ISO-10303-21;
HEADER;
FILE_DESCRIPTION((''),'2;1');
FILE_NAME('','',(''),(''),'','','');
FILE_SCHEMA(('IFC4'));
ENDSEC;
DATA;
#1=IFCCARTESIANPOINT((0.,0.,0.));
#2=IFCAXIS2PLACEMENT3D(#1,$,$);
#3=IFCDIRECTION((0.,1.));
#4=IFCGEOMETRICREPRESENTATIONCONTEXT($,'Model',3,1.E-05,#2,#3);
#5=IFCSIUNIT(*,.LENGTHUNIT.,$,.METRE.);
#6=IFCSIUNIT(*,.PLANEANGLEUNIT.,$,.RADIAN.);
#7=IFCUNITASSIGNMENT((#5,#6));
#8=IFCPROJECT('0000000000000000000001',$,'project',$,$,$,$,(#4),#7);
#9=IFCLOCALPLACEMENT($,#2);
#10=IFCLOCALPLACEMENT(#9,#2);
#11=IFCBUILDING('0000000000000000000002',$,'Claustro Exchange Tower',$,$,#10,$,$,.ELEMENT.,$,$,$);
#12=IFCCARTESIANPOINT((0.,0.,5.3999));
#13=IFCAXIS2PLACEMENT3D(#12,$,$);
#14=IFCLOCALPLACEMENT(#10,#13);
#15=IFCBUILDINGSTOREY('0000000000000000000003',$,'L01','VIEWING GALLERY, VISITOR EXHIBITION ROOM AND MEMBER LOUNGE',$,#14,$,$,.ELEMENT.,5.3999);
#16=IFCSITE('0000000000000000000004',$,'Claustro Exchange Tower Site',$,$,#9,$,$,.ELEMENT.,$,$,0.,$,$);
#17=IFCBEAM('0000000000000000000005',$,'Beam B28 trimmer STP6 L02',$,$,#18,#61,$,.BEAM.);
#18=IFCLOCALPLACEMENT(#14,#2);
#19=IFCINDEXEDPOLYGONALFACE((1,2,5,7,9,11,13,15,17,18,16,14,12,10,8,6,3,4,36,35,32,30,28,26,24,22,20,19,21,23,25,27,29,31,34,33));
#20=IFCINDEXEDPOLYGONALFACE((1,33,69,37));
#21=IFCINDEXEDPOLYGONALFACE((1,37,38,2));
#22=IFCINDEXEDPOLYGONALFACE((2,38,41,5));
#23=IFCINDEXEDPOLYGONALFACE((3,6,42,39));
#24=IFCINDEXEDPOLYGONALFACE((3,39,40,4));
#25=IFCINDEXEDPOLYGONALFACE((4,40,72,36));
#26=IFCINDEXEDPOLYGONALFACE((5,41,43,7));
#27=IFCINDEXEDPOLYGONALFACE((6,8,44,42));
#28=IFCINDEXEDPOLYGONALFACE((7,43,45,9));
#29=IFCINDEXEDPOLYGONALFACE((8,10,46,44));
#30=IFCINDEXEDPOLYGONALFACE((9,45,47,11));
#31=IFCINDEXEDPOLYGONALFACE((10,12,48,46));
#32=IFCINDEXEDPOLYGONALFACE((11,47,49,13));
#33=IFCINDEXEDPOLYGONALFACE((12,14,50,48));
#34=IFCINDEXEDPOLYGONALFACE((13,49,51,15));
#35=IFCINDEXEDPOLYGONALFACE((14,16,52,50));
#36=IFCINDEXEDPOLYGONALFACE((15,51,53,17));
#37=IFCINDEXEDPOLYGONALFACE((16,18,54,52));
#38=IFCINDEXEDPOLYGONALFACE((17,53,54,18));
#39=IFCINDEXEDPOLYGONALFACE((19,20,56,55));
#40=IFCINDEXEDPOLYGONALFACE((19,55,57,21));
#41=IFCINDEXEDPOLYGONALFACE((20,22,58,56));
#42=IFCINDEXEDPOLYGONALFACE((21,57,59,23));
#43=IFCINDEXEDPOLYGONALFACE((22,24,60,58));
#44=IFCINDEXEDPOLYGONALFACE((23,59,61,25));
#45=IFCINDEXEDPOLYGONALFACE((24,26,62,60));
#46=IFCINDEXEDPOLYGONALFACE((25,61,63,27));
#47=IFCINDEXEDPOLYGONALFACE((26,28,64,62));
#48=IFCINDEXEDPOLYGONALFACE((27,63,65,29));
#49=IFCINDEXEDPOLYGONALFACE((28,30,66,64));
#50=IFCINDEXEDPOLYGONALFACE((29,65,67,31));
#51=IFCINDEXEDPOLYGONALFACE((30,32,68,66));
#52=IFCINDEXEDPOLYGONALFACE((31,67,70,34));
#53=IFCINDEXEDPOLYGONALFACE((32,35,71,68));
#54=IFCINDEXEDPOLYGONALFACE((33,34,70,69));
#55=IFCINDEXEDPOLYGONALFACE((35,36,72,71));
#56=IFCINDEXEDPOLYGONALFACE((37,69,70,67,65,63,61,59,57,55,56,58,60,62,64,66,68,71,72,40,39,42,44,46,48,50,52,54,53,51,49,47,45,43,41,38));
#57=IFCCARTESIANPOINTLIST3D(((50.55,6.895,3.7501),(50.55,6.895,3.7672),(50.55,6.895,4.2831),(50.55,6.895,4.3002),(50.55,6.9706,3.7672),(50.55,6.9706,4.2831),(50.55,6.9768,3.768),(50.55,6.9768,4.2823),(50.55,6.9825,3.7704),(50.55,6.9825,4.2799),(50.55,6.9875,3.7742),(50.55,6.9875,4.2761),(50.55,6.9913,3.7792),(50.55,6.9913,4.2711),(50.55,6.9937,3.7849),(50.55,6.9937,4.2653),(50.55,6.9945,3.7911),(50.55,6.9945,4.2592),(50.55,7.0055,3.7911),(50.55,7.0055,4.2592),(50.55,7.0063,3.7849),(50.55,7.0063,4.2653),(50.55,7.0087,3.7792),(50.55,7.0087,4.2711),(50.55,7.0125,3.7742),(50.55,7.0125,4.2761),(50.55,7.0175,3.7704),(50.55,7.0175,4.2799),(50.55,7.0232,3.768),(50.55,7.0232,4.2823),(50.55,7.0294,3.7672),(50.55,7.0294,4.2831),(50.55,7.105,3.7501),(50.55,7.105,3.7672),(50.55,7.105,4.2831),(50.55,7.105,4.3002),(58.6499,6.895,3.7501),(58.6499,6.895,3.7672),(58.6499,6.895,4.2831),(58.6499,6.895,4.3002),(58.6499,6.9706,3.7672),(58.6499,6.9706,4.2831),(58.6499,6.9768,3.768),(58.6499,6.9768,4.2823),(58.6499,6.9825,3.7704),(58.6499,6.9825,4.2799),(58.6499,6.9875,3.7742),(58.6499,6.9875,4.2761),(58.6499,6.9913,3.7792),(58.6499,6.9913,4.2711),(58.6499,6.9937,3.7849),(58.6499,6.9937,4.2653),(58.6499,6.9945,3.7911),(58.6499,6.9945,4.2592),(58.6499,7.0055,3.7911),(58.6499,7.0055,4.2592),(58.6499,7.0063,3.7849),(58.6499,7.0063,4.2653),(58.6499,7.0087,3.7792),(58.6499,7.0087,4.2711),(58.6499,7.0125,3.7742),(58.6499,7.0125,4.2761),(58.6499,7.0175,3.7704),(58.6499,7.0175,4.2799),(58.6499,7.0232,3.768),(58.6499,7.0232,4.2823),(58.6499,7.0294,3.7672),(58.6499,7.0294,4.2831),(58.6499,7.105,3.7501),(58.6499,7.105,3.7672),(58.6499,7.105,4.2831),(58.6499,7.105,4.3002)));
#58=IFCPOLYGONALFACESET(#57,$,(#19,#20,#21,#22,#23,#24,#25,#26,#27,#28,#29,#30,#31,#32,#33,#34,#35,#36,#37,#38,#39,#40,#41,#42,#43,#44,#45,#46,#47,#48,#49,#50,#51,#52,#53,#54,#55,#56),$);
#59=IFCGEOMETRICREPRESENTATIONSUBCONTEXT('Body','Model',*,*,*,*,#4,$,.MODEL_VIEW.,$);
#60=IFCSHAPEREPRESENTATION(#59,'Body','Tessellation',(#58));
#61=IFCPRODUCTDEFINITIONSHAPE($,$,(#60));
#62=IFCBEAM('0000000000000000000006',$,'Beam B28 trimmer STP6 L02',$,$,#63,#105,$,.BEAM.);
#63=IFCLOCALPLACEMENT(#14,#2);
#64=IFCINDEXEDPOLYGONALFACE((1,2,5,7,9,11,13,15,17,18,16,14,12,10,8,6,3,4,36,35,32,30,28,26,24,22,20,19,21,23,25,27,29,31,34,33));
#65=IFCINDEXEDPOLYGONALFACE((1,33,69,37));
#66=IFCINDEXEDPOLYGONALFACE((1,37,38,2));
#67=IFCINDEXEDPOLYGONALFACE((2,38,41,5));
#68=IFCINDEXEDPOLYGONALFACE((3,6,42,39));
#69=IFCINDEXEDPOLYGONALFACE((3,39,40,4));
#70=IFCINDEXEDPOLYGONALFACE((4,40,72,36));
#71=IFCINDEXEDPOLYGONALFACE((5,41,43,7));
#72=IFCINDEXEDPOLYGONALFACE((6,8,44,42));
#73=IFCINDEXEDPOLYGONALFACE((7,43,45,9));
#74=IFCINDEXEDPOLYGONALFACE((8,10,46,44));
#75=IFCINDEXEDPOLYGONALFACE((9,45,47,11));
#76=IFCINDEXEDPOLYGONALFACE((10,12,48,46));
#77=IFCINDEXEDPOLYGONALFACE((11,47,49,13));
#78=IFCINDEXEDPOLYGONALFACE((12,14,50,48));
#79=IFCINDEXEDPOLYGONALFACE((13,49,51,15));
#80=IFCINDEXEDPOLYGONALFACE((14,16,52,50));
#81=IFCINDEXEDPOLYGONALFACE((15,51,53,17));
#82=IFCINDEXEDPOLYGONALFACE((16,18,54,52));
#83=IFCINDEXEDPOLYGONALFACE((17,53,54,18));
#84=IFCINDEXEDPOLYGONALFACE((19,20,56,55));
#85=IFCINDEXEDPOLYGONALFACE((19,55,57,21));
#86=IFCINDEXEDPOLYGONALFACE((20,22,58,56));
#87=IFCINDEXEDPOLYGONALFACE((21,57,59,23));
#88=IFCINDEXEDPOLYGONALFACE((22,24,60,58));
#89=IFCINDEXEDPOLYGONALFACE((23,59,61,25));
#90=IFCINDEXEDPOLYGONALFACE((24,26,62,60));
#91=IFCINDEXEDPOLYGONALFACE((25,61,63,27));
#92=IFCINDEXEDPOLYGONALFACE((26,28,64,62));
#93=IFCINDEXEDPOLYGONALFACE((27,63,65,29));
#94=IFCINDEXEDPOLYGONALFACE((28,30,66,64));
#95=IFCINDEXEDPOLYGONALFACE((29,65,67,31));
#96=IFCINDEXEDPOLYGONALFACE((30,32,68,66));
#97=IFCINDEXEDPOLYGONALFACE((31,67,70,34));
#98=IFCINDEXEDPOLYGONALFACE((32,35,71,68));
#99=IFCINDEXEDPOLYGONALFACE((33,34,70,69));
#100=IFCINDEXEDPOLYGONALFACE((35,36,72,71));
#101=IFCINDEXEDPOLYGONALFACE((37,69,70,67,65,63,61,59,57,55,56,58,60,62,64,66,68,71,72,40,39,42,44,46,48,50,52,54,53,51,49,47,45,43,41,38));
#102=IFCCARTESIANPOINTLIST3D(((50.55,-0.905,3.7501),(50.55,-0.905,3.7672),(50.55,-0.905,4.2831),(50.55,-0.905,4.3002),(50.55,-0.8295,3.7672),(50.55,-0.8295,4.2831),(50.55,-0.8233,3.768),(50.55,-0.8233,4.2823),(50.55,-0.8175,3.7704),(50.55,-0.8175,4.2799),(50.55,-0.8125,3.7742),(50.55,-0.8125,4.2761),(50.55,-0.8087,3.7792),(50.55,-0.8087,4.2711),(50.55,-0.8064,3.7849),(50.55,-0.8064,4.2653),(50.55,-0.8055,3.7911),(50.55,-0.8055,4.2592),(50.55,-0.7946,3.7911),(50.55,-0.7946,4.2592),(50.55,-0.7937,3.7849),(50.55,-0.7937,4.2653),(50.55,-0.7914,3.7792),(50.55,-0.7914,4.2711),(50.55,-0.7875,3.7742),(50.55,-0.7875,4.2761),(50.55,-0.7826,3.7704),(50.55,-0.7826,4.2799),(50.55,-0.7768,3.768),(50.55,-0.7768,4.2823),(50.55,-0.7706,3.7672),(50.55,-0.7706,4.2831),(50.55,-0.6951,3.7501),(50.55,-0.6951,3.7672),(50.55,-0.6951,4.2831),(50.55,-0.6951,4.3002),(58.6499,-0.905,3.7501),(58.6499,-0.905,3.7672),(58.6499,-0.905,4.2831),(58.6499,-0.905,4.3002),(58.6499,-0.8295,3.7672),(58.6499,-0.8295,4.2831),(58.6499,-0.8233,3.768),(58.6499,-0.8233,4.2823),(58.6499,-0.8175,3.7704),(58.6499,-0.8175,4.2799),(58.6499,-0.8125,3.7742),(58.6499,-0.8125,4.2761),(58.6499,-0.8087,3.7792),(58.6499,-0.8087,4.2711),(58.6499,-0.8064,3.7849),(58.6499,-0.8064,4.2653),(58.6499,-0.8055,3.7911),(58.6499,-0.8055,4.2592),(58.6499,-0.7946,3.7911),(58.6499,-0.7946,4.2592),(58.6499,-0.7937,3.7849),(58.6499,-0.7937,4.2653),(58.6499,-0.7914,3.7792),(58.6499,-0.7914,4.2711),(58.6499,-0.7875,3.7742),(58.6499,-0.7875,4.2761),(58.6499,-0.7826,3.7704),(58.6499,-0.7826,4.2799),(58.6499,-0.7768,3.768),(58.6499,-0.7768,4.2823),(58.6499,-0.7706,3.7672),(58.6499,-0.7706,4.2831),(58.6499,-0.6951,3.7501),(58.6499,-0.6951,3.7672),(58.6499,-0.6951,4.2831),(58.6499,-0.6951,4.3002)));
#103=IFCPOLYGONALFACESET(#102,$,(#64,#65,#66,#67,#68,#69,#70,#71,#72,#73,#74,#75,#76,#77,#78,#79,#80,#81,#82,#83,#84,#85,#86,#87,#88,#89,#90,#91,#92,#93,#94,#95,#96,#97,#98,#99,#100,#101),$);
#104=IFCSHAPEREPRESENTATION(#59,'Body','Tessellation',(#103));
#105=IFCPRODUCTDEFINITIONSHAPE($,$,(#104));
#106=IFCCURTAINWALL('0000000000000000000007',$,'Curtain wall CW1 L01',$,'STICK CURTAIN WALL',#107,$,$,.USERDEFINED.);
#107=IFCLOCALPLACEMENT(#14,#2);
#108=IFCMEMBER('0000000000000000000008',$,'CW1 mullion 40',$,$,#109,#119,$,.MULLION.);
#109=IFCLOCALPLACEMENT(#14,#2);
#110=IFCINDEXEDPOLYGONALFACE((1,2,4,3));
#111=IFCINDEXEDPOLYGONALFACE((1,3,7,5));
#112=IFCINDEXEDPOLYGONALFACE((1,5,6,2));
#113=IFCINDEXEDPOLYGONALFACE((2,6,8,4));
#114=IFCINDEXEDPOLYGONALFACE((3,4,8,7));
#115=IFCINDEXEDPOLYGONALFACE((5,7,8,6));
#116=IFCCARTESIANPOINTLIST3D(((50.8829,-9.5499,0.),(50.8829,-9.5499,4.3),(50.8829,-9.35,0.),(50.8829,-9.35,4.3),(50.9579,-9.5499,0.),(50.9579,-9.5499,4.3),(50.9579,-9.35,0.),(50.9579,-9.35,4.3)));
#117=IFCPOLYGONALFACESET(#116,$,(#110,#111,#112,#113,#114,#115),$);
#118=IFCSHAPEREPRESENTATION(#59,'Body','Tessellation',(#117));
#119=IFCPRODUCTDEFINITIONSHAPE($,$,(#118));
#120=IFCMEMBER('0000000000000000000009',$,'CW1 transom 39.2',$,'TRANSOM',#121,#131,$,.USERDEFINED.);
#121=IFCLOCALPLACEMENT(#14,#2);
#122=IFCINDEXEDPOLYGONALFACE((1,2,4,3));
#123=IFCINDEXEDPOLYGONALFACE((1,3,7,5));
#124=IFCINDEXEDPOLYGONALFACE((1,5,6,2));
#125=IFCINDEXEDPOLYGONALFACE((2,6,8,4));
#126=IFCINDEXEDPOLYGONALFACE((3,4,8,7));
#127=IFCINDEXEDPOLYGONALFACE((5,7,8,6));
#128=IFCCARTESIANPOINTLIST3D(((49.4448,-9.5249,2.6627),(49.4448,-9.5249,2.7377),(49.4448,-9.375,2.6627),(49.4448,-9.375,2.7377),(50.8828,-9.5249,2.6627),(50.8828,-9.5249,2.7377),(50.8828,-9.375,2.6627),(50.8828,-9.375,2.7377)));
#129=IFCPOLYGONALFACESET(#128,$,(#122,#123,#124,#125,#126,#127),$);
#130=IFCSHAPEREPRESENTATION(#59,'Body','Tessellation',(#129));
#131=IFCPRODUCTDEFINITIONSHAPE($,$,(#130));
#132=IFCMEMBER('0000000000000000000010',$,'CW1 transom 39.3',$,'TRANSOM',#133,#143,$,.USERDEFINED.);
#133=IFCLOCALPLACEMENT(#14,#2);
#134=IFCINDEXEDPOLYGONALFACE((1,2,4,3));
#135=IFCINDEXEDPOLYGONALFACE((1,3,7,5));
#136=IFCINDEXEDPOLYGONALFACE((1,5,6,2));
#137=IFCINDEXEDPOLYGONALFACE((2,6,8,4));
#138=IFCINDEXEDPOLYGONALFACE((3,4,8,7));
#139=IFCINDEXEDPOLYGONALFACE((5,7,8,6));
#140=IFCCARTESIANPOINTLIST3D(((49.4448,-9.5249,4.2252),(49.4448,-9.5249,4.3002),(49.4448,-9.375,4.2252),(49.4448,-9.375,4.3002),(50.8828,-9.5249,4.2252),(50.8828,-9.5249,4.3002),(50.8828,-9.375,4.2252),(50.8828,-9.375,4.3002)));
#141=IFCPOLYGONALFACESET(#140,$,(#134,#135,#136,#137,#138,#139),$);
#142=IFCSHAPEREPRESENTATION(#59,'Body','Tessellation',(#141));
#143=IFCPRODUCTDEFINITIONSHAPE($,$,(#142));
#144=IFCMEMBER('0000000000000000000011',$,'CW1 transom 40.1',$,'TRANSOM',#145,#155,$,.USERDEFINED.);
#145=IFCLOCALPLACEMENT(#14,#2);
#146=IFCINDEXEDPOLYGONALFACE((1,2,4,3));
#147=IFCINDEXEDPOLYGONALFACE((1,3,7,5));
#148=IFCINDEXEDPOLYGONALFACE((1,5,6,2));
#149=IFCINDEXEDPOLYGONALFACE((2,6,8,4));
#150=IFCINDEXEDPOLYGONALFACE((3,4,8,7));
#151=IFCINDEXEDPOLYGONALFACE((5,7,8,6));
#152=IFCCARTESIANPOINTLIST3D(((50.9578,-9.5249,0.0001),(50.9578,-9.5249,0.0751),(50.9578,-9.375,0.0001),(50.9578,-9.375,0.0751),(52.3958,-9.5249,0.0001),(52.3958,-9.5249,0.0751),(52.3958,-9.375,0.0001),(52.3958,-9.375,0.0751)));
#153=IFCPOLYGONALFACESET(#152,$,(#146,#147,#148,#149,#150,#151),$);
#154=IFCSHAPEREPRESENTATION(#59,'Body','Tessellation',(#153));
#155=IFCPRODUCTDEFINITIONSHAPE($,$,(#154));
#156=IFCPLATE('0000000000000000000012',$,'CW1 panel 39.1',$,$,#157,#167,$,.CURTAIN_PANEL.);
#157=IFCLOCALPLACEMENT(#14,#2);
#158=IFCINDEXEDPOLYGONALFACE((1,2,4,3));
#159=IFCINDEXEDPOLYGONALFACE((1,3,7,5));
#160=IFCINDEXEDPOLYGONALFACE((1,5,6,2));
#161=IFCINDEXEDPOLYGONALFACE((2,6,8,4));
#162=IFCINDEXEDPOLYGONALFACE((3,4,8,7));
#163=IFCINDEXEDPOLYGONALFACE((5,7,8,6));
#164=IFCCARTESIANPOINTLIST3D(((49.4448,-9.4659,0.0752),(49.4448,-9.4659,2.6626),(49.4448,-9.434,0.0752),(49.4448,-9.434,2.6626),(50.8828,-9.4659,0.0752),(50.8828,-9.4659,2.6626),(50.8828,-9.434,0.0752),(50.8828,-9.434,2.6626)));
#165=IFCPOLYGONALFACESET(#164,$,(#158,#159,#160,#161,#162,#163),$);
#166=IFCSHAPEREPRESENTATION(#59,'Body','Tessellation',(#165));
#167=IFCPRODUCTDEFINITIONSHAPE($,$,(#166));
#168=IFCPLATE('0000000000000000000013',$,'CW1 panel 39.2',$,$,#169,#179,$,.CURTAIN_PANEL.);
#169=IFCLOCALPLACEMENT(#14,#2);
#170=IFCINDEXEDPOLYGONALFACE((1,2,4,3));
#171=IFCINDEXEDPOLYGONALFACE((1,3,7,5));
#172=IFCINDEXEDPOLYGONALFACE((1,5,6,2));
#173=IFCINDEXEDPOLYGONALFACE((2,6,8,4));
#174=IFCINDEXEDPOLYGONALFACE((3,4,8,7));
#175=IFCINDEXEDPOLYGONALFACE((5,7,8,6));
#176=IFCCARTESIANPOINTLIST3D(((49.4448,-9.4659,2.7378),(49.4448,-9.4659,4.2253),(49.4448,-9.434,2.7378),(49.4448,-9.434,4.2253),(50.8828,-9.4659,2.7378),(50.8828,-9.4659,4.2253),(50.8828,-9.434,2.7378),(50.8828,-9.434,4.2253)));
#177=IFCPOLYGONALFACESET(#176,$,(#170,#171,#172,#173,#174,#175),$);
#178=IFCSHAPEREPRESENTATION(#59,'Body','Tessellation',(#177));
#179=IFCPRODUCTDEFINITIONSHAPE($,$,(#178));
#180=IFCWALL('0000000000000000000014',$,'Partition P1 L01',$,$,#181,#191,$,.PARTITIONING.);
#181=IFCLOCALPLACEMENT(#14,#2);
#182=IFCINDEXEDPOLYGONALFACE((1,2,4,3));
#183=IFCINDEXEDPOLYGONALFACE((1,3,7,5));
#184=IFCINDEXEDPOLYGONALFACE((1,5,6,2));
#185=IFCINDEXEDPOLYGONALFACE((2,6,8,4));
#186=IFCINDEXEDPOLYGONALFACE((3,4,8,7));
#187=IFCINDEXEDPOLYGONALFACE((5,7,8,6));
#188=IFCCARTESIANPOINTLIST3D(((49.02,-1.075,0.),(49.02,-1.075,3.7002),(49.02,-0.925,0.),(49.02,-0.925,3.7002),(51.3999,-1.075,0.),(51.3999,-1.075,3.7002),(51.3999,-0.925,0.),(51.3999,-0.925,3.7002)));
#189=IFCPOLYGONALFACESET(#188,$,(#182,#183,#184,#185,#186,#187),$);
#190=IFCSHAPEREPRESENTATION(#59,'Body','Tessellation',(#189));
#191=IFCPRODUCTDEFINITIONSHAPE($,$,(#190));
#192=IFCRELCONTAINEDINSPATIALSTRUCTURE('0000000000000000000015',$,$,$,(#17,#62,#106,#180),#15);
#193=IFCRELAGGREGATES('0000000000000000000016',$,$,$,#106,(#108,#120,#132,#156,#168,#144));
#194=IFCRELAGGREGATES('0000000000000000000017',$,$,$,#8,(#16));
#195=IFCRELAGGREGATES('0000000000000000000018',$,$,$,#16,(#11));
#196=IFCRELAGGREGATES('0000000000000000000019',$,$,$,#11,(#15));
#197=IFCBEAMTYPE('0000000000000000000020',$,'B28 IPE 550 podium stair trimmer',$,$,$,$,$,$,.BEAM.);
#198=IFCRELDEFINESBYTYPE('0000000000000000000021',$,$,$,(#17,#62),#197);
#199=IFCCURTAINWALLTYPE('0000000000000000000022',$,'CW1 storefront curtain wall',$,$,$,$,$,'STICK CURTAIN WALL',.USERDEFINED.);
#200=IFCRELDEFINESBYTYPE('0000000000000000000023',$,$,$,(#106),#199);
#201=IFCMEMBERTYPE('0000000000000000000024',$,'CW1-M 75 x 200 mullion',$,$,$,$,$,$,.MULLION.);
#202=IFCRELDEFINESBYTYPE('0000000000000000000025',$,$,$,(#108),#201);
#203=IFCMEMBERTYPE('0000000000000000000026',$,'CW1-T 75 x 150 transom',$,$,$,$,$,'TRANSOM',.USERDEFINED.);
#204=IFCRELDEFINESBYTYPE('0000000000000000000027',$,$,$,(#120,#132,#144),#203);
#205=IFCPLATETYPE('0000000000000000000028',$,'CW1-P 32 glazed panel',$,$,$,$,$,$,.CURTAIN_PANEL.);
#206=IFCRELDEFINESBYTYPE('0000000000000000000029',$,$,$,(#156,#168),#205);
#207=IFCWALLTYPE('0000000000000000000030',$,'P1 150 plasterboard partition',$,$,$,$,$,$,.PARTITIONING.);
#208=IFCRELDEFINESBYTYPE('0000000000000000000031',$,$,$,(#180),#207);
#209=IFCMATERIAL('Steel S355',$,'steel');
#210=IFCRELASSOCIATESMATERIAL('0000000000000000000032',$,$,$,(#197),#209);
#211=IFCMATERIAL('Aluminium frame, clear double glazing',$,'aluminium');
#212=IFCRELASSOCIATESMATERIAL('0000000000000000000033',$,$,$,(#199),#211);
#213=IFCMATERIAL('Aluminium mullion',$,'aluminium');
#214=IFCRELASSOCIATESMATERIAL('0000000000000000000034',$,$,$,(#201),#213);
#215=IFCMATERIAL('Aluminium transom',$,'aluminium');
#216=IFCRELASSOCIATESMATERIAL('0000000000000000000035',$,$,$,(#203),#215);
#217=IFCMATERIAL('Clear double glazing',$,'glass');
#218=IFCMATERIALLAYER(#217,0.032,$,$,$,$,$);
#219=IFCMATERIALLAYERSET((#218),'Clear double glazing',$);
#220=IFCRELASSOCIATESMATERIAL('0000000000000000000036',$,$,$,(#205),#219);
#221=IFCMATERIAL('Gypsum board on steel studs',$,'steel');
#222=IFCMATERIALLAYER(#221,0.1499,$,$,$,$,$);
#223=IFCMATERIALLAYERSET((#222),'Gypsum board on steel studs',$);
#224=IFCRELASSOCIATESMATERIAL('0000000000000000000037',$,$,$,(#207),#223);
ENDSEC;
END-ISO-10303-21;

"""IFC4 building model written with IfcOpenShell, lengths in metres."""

from ifc_helpers import new_model, si_unit, direction, frame, frame_2d, origin, origin_2d, place, context, subcontext, project, spatial, rectangle, i_section, extrude, material, layer, layer_set, material_profile, profile_set, type_object, element, aggregate, save


model = new_model("IFC4")

# Units and contexts
model_context = context("Model", 3, precision=1e-05, world=origin(), true_north=direction((0.0, 1.0)))
body_context = subcontext(model_context, "Body", "Model", "MODEL_VIEW")
ifc_project = project(units=[si_unit("LENGTHUNIT", "METRE"), si_unit("PLANEANGLEUNIT", "RADIAN")], contexts=[model_context])

# Site, building, storey
site_placement = place(None, origin())
site = spatial("IfcSite", under=ifc_project, at=site_placement, Name="Claustro Exchange Tower Site", CompositionType="ELEMENT", RefElevation=0.0)
building_placement = place(site_placement, origin())
building = spatial("IfcBuilding", under=site, at=building_placement, Name="Claustro Exchange Tower", CompositionType="ELEMENT")
storey_placement = place(building_placement, frame((0.0, 0.0, 5.3999)))
storey = spatial("IfcBuildingStorey", under=building, at=storey_placement, Name="L01", Description="VIEWING GALLERY, VISITOR EXHIBITION ROOM AND MEMBER LOUNGE", CompositionType="ELEMENT", Elevation=5.3999)

# Beams
ifc_material_1 = material(Name="Steel S355", Category="steel")
ifc_material_profile_1 = material_profile(ifc_material_1, i_section(OverallWidth=0.21, OverallDepth=0.55, WebThickness=0.011, FlangeThickness=0.0171, FilletRadius=0.0239, at=origin_2d()), Name="IPE 550")
ifc_profile_set_1 = profile_set([ifc_material_profile_1], Name="Steel S355")
beam_type_1 = type_object("IfcBeamType", Name="B28 IPE 550 podium stair trimmer", PredefinedType="BEAM", material=ifc_profile_set_1)
for number, where, z_axis, x_axis, name in (
    (1, (50.55, 7.0, 4.0251), (1.0, 0.0, 0.0), (0.0, 1.0, 0.0), "Beam B28 trimmer STP6 L02"),
    (2, (50.55, -0.8, 4.0251), (1.0, 0.0, 0.0), (0.0, 1.0, 0.0), "Beam B28 trimmer STP6 L02"),
):
    element("IfcBeam", number, at=place(storey_placement, frame(where, z_axis=z_axis, x_axis=x_axis)), inside=storey, type_object=beam_type_1, Name=name, PredefinedType="BEAM", context=body_context, shape_type="SweptSolid", body=[
        extrude(i_section(OverallWidth=0.21, OverallDepth=0.55, WebThickness=0.011, FlangeThickness=0.0171, FilletRadius=0.0239, at=origin_2d()), origin(), (0.0, 0.0, 1.0), 8.0999),
    ])

# Curtain wall, members, plates
ifc_material_2 = material(Name="Aluminium frame, clear double glazing", Category="aluminium")
curtain_wall_type = type_object("IfcCurtainWallType", Name="CW1 storefront curtain wall", ElementType="STICK CURTAIN WALL", PredefinedType="USERDEFINED", material=ifc_material_2)
curtain_wall_placement = place(storey_placement, origin())
curtain_wall = element("IfcCurtainWall", 3, at=curtain_wall_placement, inside=storey, type_object=curtain_wall_type, Name="Curtain wall CW1 L01", ObjectType="STICK CURTAIN WALL", PredefinedType="USERDEFINED")
ifc_material_3 = material(Name="Aluminium mullion", Category="aluminium")
ifc_material_profile_2 = material_profile(ifc_material_3, rectangle(XDim=0.2, YDim=0.075, at=origin_2d()), Name="CW1-M 75x200")
ifc_profile_set_2 = profile_set([ifc_material_profile_2], Name="Aluminium mullion")
member_type_1 = type_object("IfcMemberType", Name="CW1-M 75 x 200 mullion", PredefinedType="MULLION", material=ifc_profile_set_2)
member_1_placement = place(storey_placement, frame((50.9204, -9.45, 0.0), z_axis=(0.0, 0.0, 1.0), x_axis=(0.0, 1.0, 0.0)))
member_1 = element("IfcMember", 4, at=member_1_placement, type_object=member_type_1, Name="CW1 mullion 40", PredefinedType="MULLION", context=body_context, shape_type="SweptSolid", body=[
    extrude(rectangle(XDim=0.2, YDim=0.075, at=origin_2d()), origin(), (0.0, 0.0, 1.0), 4.3),
])
ifc_material_4 = material(Name="Aluminium transom", Category="aluminium")
ifc_material_profile_3 = material_profile(ifc_material_4, rectangle(XDim=0.1499, YDim=0.075, at=origin_2d()), Name="CW1-T 75x150")
ifc_profile_set_3 = profile_set([ifc_material_profile_3], Name="Aluminium transom")
member_type_2 = type_object("IfcMemberType", Name="CW1-T 75 x 150 transom", ElementType="TRANSOM", PredefinedType="USERDEFINED", material=ifc_profile_set_3)
member_2_placement = place(storey_placement, frame((49.4448, -9.45, 2.7002), z_axis=(1.0, 0.0, 0.0), x_axis=(0.0, 1.0, 0.0)))
member_2 = element("IfcMember", 5, at=member_2_placement, type_object=member_type_2, Name="CW1 transom 39.2", ObjectType="TRANSOM", PredefinedType="USERDEFINED", context=body_context, shape_type="SweptSolid", body=[
    extrude(rectangle(XDim=0.1499, YDim=0.075, at=origin_2d()), origin(), (0.0, 0.0, 1.0), 1.438),
])
member_3_placement = place(storey_placement, frame((49.4448, -9.45, 4.2627), z_axis=(1.0, 0.0, 0.0), x_axis=(0.0, 1.0, 0.0)))
member_3 = element("IfcMember", 6, at=member_3_placement, type_object=member_type_2, Name="CW1 transom 39.3", ObjectType="TRANSOM", PredefinedType="USERDEFINED", context=body_context, shape_type="SweptSolid", body=[
    extrude(rectangle(XDim=0.1499, YDim=0.075, at=origin_2d()), origin(), (0.0, 0.0, 1.0), 1.438),
])
member_4_placement = place(storey_placement, frame((50.9578, -9.45, 0.0376), z_axis=(1.0, 0.0, 0.0), x_axis=(0.0, 1.0, 0.0)))
member_4 = element("IfcMember", 7, at=member_4_placement, type_object=member_type_2, Name="CW1 transom 40.1", ObjectType="TRANSOM", PredefinedType="USERDEFINED", context=body_context, shape_type="SweptSolid", body=[
    extrude(rectangle(XDim=0.1499, YDim=0.075, at=origin_2d()), origin(), (0.0, 0.0, 1.0), 1.438),
])
ifc_material_5 = material(Name="Clear double glazing", Category="glass")
ifc_layer_1 = layer(ifc_material_5, 0.032)
ifc_layer_set_1 = layer_set([ifc_layer_1], Name="Clear double glazing")
plate_type = type_object("IfcPlateType", Name="CW1-P 32 glazed panel", PredefinedType="CURTAIN_PANEL", material=ifc_layer_set_1)
plate_1_placement = place(storey_placement, frame((50.1638, -9.45, 0.0752), z_axis=(0.0, 0.0, 1.0), x_axis=(1.0, 0.0, 0.0)))
plate_1 = element("IfcPlate", 8, at=plate_1_placement, type_object=plate_type, Name="CW1 panel 39.1", PredefinedType="CURTAIN_PANEL", context=body_context, shape_type="SweptSolid", body=[
    extrude(rectangle(XDim=1.438, YDim=0.032, at=origin_2d()), origin(), (0.0, 0.0, 1.0), 2.5874),
])
plate_2_placement = place(storey_placement, frame((50.1638, -9.45, 2.7378), z_axis=(0.0, 0.0, 1.0), x_axis=(1.0, 0.0, 0.0)))
plate_2 = element("IfcPlate", 9, at=plate_2_placement, type_object=plate_type, Name="CW1 panel 39.2", PredefinedType="CURTAIN_PANEL", context=body_context, shape_type="SweptSolid", body=[
    extrude(rectangle(XDim=1.438, YDim=0.032, at=origin_2d()), origin(), (0.0, 0.0, 1.0), 1.4875),
])
aggregate(curtain_wall, [member_1, member_2, member_3, plate_1, plate_2, member_4])

# Wall
ifc_material_6 = material(Name="Gypsum board on steel studs", Category="steel")
ifc_layer_2 = layer(ifc_material_6, 0.1499)
ifc_layer_set_2 = layer_set([ifc_layer_2], Name="Gypsum board on steel studs")
wall_type_1 = type_object("IfcWallType", Name="P1 150 plasterboard partition", PredefinedType="PARTITIONING", material=ifc_layer_set_2)
wall_1_placement = place(storey_placement, frame((49.02, -1.0, 0.0), z_axis=(0.0, 0.0, 1.0), x_axis=(1.0, 0.0, 0.0)))
element("IfcWall", 10, at=wall_1_placement, inside=storey, type_object=wall_type_1, Name="Partition P1 L01", PredefinedType="PARTITIONING", context=body_context, shape_type="SweptSolid", body=[
    extrude(rectangle(XDim=2.3799, YDim=0.1499, at=frame_2d((1.1899, 0.0))), origin(), (0.0, 0.0, 1.0), 3.7002),
])

save(model, "model.ifc")
